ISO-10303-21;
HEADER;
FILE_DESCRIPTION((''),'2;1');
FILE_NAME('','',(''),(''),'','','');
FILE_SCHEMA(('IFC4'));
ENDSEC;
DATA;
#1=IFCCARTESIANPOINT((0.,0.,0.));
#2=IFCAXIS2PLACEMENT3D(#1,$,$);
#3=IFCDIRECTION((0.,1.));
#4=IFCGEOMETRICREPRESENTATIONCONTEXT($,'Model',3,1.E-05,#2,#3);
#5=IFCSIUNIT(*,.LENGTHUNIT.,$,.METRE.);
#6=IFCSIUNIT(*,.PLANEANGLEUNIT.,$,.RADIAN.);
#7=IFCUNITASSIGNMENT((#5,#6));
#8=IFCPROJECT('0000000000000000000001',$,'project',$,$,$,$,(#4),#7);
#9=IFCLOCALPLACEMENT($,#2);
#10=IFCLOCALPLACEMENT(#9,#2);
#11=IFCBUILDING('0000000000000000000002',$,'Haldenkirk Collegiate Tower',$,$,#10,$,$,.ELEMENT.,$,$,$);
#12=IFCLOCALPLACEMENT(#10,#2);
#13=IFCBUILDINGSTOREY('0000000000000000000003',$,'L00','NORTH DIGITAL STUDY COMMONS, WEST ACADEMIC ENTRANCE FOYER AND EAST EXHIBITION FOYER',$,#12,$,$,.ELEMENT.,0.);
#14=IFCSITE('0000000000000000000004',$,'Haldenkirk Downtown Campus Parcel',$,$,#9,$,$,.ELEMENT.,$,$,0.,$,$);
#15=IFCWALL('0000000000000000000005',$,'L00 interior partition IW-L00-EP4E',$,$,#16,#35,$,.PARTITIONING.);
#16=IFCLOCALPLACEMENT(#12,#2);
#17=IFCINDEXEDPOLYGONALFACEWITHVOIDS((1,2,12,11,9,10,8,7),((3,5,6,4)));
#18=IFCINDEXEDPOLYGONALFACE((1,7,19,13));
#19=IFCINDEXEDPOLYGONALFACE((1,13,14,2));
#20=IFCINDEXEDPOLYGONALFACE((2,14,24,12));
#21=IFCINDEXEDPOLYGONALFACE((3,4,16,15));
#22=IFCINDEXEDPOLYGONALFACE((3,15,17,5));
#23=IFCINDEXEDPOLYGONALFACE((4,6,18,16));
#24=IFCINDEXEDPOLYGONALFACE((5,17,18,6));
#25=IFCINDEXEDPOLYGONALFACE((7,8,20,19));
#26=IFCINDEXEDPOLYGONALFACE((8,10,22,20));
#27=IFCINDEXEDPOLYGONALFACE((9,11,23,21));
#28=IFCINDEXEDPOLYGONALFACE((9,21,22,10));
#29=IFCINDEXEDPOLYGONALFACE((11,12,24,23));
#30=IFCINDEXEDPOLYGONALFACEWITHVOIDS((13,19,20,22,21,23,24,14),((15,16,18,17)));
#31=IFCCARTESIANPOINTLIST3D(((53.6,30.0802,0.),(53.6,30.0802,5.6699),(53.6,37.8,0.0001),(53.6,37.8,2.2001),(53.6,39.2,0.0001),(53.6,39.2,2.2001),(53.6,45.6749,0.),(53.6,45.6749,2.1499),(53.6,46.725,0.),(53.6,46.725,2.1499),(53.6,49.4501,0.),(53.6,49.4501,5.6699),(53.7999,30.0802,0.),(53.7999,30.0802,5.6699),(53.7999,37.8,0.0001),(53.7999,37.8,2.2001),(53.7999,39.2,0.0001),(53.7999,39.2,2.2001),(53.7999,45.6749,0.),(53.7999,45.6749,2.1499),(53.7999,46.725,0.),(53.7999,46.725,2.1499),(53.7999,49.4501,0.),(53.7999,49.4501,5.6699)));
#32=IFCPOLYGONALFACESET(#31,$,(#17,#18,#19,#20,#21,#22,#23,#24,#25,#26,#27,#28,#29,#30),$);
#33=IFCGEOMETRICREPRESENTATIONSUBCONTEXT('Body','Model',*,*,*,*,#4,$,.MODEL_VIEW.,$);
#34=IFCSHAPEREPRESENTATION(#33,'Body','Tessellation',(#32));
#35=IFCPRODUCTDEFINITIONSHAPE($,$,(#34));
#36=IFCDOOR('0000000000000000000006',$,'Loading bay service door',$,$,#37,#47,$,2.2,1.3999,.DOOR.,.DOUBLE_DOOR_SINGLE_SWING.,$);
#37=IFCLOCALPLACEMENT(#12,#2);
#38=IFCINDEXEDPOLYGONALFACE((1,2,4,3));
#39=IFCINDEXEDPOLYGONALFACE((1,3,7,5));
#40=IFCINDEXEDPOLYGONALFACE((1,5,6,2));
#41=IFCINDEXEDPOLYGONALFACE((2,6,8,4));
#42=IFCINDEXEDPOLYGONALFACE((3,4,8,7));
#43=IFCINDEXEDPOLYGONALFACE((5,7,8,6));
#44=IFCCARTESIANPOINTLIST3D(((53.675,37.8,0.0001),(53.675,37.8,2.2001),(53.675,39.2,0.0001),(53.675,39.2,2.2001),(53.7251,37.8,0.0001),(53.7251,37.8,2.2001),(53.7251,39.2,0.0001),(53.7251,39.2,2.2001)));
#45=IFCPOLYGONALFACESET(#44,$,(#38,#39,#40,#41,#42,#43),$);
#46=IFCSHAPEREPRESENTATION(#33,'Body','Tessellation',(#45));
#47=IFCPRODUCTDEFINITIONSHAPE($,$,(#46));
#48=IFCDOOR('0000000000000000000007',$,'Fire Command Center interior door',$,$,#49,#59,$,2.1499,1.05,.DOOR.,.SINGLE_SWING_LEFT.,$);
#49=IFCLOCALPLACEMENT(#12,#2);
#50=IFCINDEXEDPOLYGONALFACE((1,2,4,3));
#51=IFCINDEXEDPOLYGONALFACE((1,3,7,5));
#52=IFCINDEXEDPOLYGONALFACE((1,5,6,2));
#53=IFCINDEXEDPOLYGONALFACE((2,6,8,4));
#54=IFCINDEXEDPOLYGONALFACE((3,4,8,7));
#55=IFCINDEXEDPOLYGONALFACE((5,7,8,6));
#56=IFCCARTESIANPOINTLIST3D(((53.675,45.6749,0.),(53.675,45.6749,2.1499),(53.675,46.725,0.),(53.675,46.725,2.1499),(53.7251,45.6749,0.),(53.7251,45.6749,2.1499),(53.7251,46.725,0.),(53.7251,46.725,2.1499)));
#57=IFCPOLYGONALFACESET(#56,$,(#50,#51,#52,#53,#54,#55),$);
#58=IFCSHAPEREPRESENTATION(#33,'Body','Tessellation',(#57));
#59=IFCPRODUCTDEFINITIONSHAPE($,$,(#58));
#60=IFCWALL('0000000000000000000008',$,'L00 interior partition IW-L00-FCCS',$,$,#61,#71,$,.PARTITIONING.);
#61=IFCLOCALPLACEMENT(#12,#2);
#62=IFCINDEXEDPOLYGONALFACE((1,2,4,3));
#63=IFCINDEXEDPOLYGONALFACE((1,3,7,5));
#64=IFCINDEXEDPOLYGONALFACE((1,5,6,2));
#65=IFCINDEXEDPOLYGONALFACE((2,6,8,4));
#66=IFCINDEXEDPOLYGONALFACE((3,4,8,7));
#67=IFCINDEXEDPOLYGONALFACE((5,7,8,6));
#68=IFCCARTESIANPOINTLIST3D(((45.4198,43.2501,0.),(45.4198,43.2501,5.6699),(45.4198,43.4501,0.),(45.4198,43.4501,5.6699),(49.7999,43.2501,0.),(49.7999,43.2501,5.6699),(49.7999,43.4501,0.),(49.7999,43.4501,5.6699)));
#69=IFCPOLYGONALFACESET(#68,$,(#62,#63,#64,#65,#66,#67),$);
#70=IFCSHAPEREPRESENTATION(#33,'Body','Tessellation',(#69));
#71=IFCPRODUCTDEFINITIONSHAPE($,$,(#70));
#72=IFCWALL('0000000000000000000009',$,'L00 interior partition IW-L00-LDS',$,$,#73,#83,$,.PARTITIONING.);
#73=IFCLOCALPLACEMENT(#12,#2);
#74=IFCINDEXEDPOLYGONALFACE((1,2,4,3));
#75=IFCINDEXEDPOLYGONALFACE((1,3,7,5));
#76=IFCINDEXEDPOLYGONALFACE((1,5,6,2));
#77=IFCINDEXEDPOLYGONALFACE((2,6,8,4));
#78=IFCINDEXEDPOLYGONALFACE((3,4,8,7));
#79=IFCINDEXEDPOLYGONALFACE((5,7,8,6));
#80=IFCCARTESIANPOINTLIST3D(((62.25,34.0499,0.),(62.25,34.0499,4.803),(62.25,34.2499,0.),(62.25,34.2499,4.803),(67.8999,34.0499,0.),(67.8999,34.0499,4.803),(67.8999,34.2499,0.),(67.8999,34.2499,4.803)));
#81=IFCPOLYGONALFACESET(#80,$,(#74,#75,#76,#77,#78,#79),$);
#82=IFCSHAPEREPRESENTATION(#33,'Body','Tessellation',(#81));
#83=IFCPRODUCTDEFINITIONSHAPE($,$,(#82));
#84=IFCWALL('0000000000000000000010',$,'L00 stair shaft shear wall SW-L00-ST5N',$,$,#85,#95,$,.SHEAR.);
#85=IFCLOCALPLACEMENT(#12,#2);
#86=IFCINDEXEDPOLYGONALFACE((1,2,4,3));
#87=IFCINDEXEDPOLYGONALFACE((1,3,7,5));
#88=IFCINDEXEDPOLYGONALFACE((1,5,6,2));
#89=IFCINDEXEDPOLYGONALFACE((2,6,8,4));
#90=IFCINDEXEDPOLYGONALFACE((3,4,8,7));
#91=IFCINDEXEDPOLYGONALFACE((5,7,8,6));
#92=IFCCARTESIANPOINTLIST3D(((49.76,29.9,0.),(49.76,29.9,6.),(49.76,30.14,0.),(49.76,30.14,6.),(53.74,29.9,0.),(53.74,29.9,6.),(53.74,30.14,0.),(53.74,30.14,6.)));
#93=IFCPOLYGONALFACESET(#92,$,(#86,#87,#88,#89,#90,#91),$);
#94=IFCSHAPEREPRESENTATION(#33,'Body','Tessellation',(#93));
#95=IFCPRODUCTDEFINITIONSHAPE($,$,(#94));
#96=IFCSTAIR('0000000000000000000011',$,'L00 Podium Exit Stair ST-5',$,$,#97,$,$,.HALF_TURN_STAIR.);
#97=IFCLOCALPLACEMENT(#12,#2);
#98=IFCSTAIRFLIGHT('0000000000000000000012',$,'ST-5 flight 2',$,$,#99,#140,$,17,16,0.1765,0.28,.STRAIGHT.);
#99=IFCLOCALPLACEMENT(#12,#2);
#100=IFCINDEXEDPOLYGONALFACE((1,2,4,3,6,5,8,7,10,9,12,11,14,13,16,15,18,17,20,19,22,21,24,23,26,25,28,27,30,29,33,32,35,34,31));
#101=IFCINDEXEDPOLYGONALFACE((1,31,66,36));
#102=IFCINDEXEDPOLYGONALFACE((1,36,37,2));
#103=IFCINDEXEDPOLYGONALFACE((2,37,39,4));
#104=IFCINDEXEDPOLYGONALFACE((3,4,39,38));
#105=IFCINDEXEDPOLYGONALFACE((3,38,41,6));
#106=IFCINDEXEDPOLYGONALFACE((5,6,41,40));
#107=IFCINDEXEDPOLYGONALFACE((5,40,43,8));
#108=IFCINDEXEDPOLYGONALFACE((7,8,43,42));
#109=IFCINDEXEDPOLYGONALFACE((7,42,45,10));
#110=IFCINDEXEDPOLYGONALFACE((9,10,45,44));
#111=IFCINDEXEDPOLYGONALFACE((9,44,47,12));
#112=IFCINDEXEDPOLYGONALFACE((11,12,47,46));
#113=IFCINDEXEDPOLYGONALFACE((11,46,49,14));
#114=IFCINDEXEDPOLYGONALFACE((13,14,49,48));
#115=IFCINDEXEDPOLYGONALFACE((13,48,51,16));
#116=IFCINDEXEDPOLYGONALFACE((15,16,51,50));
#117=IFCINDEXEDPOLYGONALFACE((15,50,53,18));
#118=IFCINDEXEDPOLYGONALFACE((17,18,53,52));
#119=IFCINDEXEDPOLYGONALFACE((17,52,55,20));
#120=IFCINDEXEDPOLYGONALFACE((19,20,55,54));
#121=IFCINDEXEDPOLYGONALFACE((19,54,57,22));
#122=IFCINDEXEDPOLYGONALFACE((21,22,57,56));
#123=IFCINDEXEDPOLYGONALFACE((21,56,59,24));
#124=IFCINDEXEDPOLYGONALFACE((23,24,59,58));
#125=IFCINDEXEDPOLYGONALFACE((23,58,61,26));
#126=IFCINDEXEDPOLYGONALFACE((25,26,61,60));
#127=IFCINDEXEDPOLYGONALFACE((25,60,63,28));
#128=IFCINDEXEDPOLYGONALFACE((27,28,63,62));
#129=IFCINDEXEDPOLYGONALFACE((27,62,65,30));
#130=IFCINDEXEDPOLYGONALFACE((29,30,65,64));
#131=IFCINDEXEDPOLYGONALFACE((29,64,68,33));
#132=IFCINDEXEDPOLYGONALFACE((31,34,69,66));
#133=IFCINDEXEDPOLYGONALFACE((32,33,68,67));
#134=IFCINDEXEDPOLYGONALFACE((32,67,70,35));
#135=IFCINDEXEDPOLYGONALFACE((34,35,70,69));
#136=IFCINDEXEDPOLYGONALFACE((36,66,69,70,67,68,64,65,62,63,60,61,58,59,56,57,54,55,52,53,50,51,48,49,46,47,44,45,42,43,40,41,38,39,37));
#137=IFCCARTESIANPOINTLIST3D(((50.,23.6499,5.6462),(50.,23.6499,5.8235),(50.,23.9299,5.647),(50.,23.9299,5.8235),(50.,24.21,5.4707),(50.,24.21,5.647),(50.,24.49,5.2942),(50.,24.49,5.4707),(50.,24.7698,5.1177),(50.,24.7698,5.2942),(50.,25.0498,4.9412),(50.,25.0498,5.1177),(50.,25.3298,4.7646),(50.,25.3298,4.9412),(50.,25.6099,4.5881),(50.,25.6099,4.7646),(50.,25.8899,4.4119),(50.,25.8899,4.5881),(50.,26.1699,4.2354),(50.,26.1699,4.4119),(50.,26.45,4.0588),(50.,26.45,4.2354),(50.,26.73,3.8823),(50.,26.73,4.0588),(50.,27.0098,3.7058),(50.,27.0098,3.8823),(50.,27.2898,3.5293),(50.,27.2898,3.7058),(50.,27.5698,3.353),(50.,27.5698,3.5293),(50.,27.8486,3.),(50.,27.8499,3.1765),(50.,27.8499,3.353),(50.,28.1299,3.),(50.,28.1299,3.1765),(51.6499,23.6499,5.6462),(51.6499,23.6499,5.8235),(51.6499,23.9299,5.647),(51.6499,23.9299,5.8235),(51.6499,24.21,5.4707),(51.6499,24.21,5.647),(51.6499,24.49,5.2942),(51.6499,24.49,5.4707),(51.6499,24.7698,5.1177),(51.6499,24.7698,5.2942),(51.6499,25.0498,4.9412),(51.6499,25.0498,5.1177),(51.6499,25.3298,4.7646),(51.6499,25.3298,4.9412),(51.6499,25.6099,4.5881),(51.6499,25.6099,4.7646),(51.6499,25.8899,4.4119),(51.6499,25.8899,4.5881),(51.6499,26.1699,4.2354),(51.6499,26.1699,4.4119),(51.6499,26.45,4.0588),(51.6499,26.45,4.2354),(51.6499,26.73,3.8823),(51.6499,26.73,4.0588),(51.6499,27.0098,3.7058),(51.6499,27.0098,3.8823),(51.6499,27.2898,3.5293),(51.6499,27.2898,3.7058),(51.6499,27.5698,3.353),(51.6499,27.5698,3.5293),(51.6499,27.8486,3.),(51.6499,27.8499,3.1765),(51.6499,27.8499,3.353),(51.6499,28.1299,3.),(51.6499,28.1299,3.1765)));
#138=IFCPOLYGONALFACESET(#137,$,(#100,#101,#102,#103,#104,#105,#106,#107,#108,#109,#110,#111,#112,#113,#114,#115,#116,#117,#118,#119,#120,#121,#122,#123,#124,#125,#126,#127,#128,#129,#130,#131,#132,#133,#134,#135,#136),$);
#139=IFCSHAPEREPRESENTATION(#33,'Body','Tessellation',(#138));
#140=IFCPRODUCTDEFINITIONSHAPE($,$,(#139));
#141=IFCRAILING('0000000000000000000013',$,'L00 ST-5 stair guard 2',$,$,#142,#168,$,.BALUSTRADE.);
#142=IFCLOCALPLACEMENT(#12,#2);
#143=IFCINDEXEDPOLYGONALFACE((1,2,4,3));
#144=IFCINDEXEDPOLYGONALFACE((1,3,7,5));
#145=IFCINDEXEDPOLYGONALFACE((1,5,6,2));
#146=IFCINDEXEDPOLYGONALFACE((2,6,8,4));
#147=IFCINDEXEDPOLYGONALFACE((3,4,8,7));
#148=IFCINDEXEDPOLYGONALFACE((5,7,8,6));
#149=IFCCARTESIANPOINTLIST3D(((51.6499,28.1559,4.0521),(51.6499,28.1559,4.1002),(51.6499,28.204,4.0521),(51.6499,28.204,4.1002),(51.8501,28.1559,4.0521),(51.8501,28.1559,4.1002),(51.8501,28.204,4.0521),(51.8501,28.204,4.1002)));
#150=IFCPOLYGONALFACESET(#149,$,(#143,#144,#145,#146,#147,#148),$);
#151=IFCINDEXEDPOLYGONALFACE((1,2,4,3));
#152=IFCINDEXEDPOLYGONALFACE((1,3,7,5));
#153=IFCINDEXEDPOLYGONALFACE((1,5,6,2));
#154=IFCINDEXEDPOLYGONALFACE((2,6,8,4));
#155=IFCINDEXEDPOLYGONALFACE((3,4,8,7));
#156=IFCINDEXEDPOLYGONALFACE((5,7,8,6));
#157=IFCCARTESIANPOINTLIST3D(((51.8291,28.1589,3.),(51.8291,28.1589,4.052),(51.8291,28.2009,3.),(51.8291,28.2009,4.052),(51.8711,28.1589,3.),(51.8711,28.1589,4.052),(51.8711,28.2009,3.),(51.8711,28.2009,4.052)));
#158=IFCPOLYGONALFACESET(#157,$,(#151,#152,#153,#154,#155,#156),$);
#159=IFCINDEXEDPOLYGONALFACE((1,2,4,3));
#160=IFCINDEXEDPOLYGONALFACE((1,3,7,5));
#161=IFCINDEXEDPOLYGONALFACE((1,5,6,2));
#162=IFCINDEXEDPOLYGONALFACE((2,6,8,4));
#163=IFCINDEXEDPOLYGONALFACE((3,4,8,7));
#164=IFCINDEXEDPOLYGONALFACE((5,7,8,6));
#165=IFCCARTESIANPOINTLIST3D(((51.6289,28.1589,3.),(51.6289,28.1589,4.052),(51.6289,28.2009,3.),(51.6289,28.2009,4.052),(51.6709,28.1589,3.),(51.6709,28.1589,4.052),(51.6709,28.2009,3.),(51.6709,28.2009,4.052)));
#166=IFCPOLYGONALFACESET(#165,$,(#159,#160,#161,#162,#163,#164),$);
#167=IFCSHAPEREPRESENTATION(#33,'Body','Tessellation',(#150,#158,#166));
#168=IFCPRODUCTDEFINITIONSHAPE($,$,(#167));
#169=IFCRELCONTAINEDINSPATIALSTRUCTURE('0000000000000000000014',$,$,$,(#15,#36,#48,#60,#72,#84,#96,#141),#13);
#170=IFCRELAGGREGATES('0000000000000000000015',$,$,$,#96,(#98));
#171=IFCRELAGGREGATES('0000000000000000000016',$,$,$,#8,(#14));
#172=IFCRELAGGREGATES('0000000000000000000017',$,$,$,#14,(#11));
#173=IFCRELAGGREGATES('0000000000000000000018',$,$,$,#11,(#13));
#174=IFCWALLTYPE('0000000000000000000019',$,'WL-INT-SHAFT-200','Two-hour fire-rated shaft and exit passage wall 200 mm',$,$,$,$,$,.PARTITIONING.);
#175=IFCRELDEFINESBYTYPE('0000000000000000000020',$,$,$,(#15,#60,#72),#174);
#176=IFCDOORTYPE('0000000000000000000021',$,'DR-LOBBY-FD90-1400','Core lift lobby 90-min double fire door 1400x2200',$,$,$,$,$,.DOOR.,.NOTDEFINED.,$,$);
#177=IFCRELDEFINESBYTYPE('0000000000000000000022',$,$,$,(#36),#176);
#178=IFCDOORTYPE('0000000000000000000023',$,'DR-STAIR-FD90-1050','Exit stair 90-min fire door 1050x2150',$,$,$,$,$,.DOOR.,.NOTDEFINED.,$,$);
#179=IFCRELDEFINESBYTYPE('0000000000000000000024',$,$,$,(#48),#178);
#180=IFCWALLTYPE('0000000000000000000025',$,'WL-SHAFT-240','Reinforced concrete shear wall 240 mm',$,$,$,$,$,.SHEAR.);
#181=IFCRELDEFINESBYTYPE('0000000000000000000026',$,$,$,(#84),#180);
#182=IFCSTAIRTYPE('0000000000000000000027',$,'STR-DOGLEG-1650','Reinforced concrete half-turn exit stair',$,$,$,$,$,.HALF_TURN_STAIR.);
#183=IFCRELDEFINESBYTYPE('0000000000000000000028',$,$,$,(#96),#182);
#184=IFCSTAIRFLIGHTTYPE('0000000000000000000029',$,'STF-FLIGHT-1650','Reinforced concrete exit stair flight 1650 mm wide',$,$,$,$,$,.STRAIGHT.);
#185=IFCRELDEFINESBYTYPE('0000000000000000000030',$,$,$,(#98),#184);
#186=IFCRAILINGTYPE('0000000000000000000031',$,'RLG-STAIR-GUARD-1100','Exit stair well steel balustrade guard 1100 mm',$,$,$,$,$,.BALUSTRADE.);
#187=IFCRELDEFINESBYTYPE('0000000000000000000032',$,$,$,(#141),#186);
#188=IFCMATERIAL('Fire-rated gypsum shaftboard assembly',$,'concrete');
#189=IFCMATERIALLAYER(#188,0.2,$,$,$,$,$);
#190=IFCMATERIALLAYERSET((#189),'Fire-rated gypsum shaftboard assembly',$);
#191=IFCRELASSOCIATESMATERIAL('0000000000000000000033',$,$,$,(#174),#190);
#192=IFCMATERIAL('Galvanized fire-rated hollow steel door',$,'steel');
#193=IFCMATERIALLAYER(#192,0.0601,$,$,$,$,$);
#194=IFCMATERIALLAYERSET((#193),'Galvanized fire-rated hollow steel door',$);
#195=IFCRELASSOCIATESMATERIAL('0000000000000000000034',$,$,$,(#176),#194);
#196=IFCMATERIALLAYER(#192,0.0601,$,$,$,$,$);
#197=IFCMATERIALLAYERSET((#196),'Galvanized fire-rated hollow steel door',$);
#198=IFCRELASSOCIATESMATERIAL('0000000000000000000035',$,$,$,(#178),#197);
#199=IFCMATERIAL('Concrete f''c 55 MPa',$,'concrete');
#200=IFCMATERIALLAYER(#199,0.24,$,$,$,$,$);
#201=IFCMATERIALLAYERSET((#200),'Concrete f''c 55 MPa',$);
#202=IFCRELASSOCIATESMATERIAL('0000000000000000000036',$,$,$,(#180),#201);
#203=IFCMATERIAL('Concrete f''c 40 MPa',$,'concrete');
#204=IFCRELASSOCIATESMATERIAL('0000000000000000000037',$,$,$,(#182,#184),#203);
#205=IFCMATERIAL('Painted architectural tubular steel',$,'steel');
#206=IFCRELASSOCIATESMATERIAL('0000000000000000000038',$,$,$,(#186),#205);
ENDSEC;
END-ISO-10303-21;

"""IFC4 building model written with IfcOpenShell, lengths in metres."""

from ifc_helpers import new_model, si_unit, direction, frame, frame_2d, origin, origin_2d, place, context, subcontext, project, spatial, polyline, rectangle, outline, extrude, material, layer, layer_set, type_object, element, fill, aggregate, save


model = new_model("IFC4")

# Units and contexts
model_context = context("Model", 3, precision=1e-05, world=origin(), true_north=direction((0.0, 1.0)))
body_context = subcontext(model_context, "Body", "Model", "MODEL_VIEW")
ifc_project = project(units=[si_unit("LENGTHUNIT", "METRE"), si_unit("PLANEANGLEUNIT", "RADIAN")], contexts=[model_context])

# Site, building, storey
site_placement = place(None, origin())
site = spatial("IfcSite", under=ifc_project, at=site_placement, Name="Haldenkirk Downtown Campus Parcel", CompositionType="ELEMENT", RefElevation=0.0)
building_placement = place(site_placement, origin())
building = spatial("IfcBuilding", under=site, at=building_placement, Name="Haldenkirk Collegiate Tower", CompositionType="ELEMENT")
storey_placement = place(building_placement, origin())
storey = spatial("IfcBuildingStorey", under=building, at=storey_placement, Name="L00", Description="NORTH DIGITAL STUDY COMMONS, WEST ACADEMIC ENTRANCE FOYER AND EAST EXHIBITION FOYER", CompositionType="ELEMENT", Elevation=0.0)

# Shared definitions
ifc_material_1 = material(Name="Concrete f'c 55 MPa", Category="concrete")

# Shared definitions
ifc_material_2 = material(Name="Fire-rated gypsum shaftboard assembly", Category="concrete")
ifc_layer_1 = layer(ifc_material_2, 0.2)
ifc_layer_set_1 = layer_set([ifc_layer_1], Name="Fire-rated gypsum shaftboard assembly")
wall_type_1 = type_object("IfcWallType", Name="WL-INT-SHAFT-200", Description="Two-hour fire-rated shaft and exit passage wall 200 mm", PredefinedType="PARTITIONING", material=ifc_layer_set_1)
ifc_material_3 = material(Name="Galvanized fire-rated hollow steel door", Category="steel")
ifc_layer_2 = layer(ifc_material_3, 0.0601)
ifc_layer_set_2 = layer_set([ifc_layer_2], Name="Galvanized fire-rated hollow steel door")
door_type_1 = type_object("IfcDoorType", Name="DR-LOBBY-FD90-1400", Description="Core lift lobby 90-min double fire door 1400x2200", OperationType="NOTDEFINED", PredefinedType="DOOR", material=ifc_layer_set_2)

# Wall, openings, doors
wall_1_placement = place(storey_placement, frame((53.7, 30.0801, 0.0), z_axis=(0.0, 0.0, 1.0), x_axis=(0.0, 1.0, 0.0)))
wall_1 = element("IfcWall", 1, at=wall_1_placement, inside=storey, type_object=wall_type_1, Name="L00 interior partition IW-L00-EP4E", PredefinedType="PARTITIONING", context=body_context, shape_type="SweptSolid", body=[
    extrude(rectangle(XDim=19.3699, YDim=0.2, at=frame_2d((9.6851, 0.0))), origin(), (0.0, 0.0, 1.0), 5.6699),
])
opening_1_placement = place(wall_1_placement, frame((15.595, 0.0, 0.0)))
opening_1 = element("IfcOpeningElement", 2, at=opening_1_placement, cuts=wall_1, PredefinedType="OPENING", context=body_context, shape_type="SweptSolid", body=[
    extrude(rectangle(XDim=1.05, YDim=2.1499, at=frame_2d((0.5249, 1.075))), frame((0.0, 0.1099, 0.0), z_axis=(0.0, -1.0, 0.0), x_axis=(1.0, 0.0, 0.0)), (0.0, 0.0, 1.0), 0.22),
])
opening_2_placement = place(wall_1_placement, frame((7.72, 0.0, 0.0)))
opening_2 = element("IfcOpeningElement", 3, at=opening_2_placement, cuts=wall_1, PredefinedType="OPENING", context=body_context, shape_type="SweptSolid", body=[
    extrude(rectangle(XDim=1.3999, YDim=2.2, at=frame_2d((0.7, 1.1001))), frame((0.0, 0.1099, 0.0), z_axis=(0.0, -1.0, 0.0), x_axis=(1.0, 0.0, 0.0)), (0.0, 0.0, 1.0), 0.22),
])
door_1_placement = place(opening_2_placement, origin())
door_1 = element("IfcDoor", 4, at=door_1_placement, inside=storey, type_object=door_type_1, Name="Loading bay service door", OperationType="DOUBLE_DOOR_SINGLE_SWING", OverallHeight=2.2, OverallWidth=1.3999, PredefinedType="DOOR", context=body_context, shape_type="SweptSolid", body=[
    extrude(rectangle(XDim=1.3999, YDim=2.2, at=frame_2d((0.7, 1.1001))), frame((0.0, 0.0249, 0.0), z_axis=(0.0, -1.0, 0.0), x_axis=(1.0, 0.0, 0.0)), (0.0, 0.0, 1.0), 0.05),
])
fill(opening_2, door_1)
ifc_layer_3 = layer(ifc_material_3, 0.0601)
ifc_layer_set_3 = layer_set([ifc_layer_3], Name="Galvanized fire-rated hollow steel door")
door_type_2 = type_object("IfcDoorType", Name="DR-STAIR-FD90-1050", Description="Exit stair 90-min fire door 1050x2150", OperationType="NOTDEFINED", PredefinedType="DOOR", material=ifc_layer_set_3)
door_2_placement = place(opening_1_placement, origin())
door_2 = element("IfcDoor", 5, at=door_2_placement, inside=storey, type_object=door_type_2, Name="Fire Command Center interior door", OperationType="SINGLE_SWING_LEFT", OverallHeight=2.1499, OverallWidth=1.05, PredefinedType="DOOR", context=body_context, shape_type="SweptSolid", body=[
    extrude(rectangle(XDim=1.05, YDim=2.1499, at=frame_2d((0.5249, 1.075))), frame((0.0, 0.0249, 0.0), z_axis=(0.0, -1.0, 0.0), x_axis=(1.0, 0.0, 0.0)), (0.0, 0.0, 1.0), 0.05),
])
fill(opening_1, door_2)

# Walls
wall_2_placement = place(storey_placement, frame((45.4199, 43.3501, 0.0), z_axis=(0.0, 0.0, 1.0), x_axis=(1.0, 0.0, 0.0)))
element("IfcWall", 6, at=wall_2_placement, inside=storey, type_object=wall_type_1, Name="L00 interior partition IW-L00-FCCS", PredefinedType="PARTITIONING", context=body_context, shape_type="SweptSolid", body=[
    extrude(rectangle(XDim=4.3801, YDim=0.2, at=frame_2d((2.1899, 0.0))), origin(), (0.0, 0.0, 1.0), 5.6699),
])
wall_3_placement = place(storey_placement, frame((62.25, 34.1499, 0.0), z_axis=(0.0, 0.0, 1.0), x_axis=(1.0, 0.0, 0.0)))
element("IfcWall", 7, at=wall_3_placement, inside=storey, type_object=wall_type_1, Name="L00 interior partition IW-L00-LDS", PredefinedType="PARTITIONING", context=body_context, shape_type="SweptSolid", body=[
    extrude(rectangle(XDim=5.6499, YDim=0.2, at=frame_2d((2.825, 0.0))), origin(), (0.0, 0.0, 1.0), 4.803),
])
ifc_layer_4 = layer(ifc_material_1, 0.24)
ifc_layer_set_4 = layer_set([ifc_layer_4], Name="Concrete f'c 55 MPa")
wall_type_2 = type_object("IfcWallType", Name="WL-SHAFT-240", Description="Reinforced concrete shear wall 240 mm", PredefinedType="SHEAR", material=ifc_layer_set_4)
wall_4_placement = place(storey_placement, frame((49.76, 30.02, 0.0), z_axis=(0.0, 0.0, 1.0), x_axis=(1.0, 0.0, 0.0)))
element("IfcWall", 8, at=wall_4_placement, inside=storey, type_object=wall_type_2, Name="L00 stair shaft shear wall SW-L00-ST5N", PredefinedType="SHEAR", context=body_context, shape_type="SweptSolid", body=[
    extrude(rectangle(XDim=3.98, YDim=0.24, at=frame_2d((1.99, 0.0))), origin(), (0.0, 0.0, 1.0), 6.0),
])

# Stair, stair flight
ifc_material_4 = material(Name="Concrete f'c 40 MPa", Category="concrete")
stair_type = type_object("IfcStairType", Name="STR-DOGLEG-1650", Description="Reinforced concrete half-turn exit stair", PredefinedType="HALF_TURN_STAIR", material=ifc_material_4)
stair_placement = place(storey_placement, origin())
stair = element("IfcStair", 9, at=stair_placement, inside=storey, type_object=stair_type, Name="L00 Podium Exit Stair ST-5", PredefinedType="HALF_TURN_STAIR")
stair_flight_type = type_object("IfcStairFlightType", Name="STF-FLIGHT-1650", Description="Reinforced concrete exit stair flight 1650 mm wide", PredefinedType="STRAIGHT", material=ifc_material_4)
stair_flight_placement = place(storey_placement, frame((50.825, 28.1299, 3.0), z_axis=(0.0, 0.0, 1.0), x_axis=(0.0, -1.0, 0.0)))
stair_flight = element("IfcStairFlight", 10, at=stair_flight_placement, type_object=stair_flight_type, Name="ST-5 flight 2", NumberOfRisers=17, NumberOfTreads=16, PredefinedType="STRAIGHT", RiserHeight=0.1765, TreadLength=0.28, context=body_context, shape_type="SweptSolid", body=[
    extrude(outline(polyline([(0.0, 0.0), (0.0, 0.1765), (0.28, 0.1765), (0.28, 0.353), (0.5601, 0.353), (0.5601, 0.5293), (0.8401, 0.5293), (0.8401, 0.7058), (1.1201, 0.7058), (1.1201, 0.8823), (1.3999, 0.8823), (1.3999, 1.0588), (1.6799, 1.0588), (1.6799, 1.2354), (1.96, 1.2354), (1.96, 1.4119), (2.24, 1.4119), (2.24, 1.5881), (2.52, 1.5881), (2.52, 1.7646), (2.8, 1.7646), (2.8, 1.9412), (3.0801, 1.9412), (3.0801, 2.1177), (3.3601, 2.1177), (3.3601, 2.2942), (3.6399, 2.2942), (3.6399, 2.4707), (3.9199, 2.4707), (3.9199, 2.647), (4.2, 2.647), (4.2, 2.8235), (4.48, 2.8235), (4.48, 3.0), (4.48, 2.6462), (0.2812, 0.0), (0.0, 0.0)])), frame((0.0, 0.825, 0.0), z_axis=(0.0, -1.0, 0.0), x_axis=(1.0, 0.0, 0.0)), (0.0, 0.0, 1.0), 1.6499),
])
aggregate(stair, [stair_flight])

# Railing
ifc_material_5 = material(Name="Painted architectural tubular steel", Category="steel")
railing_type_1 = type_object("IfcRailingType", Name="RLG-STAIR-GUARD-1100", Description="Exit stair well steel balustrade guard 1100 mm", PredefinedType="BALUSTRADE", material=ifc_material_5)
railing_1_placement = place(storey_placement, frame((51.8501, 28.1799, 3.0)))
element("IfcRailing", 11, at=railing_1_placement, inside=storey, type_object=railing_type_1, Name="L00 ST-5 stair guard 2", PredefinedType="BALUSTRADE", context=body_context, shape_type="SweptSolid", body=[
    extrude(rectangle(XDim=0.0481, YDim=0.0481, at=origin_2d()), frame((0.0, 0.0, 1.0762), z_axis=(-1.0, 0.0, 0.0), x_axis=(0.0, -1.0, 0.0)), (0.0, 0.0, 1.0), 0.2002),
    extrude(rectangle(XDim=0.042, YDim=0.042, at=origin_2d()), origin(), (0.0, 0.0, 1.0), 1.052),
    extrude(rectangle(XDim=0.042, YDim=0.042, at=origin_2d()), frame((-0.2002, 0.0, 0.0)), (0.0, 0.0, 1.0), 1.052),
])

save(model, "model.ifc")
